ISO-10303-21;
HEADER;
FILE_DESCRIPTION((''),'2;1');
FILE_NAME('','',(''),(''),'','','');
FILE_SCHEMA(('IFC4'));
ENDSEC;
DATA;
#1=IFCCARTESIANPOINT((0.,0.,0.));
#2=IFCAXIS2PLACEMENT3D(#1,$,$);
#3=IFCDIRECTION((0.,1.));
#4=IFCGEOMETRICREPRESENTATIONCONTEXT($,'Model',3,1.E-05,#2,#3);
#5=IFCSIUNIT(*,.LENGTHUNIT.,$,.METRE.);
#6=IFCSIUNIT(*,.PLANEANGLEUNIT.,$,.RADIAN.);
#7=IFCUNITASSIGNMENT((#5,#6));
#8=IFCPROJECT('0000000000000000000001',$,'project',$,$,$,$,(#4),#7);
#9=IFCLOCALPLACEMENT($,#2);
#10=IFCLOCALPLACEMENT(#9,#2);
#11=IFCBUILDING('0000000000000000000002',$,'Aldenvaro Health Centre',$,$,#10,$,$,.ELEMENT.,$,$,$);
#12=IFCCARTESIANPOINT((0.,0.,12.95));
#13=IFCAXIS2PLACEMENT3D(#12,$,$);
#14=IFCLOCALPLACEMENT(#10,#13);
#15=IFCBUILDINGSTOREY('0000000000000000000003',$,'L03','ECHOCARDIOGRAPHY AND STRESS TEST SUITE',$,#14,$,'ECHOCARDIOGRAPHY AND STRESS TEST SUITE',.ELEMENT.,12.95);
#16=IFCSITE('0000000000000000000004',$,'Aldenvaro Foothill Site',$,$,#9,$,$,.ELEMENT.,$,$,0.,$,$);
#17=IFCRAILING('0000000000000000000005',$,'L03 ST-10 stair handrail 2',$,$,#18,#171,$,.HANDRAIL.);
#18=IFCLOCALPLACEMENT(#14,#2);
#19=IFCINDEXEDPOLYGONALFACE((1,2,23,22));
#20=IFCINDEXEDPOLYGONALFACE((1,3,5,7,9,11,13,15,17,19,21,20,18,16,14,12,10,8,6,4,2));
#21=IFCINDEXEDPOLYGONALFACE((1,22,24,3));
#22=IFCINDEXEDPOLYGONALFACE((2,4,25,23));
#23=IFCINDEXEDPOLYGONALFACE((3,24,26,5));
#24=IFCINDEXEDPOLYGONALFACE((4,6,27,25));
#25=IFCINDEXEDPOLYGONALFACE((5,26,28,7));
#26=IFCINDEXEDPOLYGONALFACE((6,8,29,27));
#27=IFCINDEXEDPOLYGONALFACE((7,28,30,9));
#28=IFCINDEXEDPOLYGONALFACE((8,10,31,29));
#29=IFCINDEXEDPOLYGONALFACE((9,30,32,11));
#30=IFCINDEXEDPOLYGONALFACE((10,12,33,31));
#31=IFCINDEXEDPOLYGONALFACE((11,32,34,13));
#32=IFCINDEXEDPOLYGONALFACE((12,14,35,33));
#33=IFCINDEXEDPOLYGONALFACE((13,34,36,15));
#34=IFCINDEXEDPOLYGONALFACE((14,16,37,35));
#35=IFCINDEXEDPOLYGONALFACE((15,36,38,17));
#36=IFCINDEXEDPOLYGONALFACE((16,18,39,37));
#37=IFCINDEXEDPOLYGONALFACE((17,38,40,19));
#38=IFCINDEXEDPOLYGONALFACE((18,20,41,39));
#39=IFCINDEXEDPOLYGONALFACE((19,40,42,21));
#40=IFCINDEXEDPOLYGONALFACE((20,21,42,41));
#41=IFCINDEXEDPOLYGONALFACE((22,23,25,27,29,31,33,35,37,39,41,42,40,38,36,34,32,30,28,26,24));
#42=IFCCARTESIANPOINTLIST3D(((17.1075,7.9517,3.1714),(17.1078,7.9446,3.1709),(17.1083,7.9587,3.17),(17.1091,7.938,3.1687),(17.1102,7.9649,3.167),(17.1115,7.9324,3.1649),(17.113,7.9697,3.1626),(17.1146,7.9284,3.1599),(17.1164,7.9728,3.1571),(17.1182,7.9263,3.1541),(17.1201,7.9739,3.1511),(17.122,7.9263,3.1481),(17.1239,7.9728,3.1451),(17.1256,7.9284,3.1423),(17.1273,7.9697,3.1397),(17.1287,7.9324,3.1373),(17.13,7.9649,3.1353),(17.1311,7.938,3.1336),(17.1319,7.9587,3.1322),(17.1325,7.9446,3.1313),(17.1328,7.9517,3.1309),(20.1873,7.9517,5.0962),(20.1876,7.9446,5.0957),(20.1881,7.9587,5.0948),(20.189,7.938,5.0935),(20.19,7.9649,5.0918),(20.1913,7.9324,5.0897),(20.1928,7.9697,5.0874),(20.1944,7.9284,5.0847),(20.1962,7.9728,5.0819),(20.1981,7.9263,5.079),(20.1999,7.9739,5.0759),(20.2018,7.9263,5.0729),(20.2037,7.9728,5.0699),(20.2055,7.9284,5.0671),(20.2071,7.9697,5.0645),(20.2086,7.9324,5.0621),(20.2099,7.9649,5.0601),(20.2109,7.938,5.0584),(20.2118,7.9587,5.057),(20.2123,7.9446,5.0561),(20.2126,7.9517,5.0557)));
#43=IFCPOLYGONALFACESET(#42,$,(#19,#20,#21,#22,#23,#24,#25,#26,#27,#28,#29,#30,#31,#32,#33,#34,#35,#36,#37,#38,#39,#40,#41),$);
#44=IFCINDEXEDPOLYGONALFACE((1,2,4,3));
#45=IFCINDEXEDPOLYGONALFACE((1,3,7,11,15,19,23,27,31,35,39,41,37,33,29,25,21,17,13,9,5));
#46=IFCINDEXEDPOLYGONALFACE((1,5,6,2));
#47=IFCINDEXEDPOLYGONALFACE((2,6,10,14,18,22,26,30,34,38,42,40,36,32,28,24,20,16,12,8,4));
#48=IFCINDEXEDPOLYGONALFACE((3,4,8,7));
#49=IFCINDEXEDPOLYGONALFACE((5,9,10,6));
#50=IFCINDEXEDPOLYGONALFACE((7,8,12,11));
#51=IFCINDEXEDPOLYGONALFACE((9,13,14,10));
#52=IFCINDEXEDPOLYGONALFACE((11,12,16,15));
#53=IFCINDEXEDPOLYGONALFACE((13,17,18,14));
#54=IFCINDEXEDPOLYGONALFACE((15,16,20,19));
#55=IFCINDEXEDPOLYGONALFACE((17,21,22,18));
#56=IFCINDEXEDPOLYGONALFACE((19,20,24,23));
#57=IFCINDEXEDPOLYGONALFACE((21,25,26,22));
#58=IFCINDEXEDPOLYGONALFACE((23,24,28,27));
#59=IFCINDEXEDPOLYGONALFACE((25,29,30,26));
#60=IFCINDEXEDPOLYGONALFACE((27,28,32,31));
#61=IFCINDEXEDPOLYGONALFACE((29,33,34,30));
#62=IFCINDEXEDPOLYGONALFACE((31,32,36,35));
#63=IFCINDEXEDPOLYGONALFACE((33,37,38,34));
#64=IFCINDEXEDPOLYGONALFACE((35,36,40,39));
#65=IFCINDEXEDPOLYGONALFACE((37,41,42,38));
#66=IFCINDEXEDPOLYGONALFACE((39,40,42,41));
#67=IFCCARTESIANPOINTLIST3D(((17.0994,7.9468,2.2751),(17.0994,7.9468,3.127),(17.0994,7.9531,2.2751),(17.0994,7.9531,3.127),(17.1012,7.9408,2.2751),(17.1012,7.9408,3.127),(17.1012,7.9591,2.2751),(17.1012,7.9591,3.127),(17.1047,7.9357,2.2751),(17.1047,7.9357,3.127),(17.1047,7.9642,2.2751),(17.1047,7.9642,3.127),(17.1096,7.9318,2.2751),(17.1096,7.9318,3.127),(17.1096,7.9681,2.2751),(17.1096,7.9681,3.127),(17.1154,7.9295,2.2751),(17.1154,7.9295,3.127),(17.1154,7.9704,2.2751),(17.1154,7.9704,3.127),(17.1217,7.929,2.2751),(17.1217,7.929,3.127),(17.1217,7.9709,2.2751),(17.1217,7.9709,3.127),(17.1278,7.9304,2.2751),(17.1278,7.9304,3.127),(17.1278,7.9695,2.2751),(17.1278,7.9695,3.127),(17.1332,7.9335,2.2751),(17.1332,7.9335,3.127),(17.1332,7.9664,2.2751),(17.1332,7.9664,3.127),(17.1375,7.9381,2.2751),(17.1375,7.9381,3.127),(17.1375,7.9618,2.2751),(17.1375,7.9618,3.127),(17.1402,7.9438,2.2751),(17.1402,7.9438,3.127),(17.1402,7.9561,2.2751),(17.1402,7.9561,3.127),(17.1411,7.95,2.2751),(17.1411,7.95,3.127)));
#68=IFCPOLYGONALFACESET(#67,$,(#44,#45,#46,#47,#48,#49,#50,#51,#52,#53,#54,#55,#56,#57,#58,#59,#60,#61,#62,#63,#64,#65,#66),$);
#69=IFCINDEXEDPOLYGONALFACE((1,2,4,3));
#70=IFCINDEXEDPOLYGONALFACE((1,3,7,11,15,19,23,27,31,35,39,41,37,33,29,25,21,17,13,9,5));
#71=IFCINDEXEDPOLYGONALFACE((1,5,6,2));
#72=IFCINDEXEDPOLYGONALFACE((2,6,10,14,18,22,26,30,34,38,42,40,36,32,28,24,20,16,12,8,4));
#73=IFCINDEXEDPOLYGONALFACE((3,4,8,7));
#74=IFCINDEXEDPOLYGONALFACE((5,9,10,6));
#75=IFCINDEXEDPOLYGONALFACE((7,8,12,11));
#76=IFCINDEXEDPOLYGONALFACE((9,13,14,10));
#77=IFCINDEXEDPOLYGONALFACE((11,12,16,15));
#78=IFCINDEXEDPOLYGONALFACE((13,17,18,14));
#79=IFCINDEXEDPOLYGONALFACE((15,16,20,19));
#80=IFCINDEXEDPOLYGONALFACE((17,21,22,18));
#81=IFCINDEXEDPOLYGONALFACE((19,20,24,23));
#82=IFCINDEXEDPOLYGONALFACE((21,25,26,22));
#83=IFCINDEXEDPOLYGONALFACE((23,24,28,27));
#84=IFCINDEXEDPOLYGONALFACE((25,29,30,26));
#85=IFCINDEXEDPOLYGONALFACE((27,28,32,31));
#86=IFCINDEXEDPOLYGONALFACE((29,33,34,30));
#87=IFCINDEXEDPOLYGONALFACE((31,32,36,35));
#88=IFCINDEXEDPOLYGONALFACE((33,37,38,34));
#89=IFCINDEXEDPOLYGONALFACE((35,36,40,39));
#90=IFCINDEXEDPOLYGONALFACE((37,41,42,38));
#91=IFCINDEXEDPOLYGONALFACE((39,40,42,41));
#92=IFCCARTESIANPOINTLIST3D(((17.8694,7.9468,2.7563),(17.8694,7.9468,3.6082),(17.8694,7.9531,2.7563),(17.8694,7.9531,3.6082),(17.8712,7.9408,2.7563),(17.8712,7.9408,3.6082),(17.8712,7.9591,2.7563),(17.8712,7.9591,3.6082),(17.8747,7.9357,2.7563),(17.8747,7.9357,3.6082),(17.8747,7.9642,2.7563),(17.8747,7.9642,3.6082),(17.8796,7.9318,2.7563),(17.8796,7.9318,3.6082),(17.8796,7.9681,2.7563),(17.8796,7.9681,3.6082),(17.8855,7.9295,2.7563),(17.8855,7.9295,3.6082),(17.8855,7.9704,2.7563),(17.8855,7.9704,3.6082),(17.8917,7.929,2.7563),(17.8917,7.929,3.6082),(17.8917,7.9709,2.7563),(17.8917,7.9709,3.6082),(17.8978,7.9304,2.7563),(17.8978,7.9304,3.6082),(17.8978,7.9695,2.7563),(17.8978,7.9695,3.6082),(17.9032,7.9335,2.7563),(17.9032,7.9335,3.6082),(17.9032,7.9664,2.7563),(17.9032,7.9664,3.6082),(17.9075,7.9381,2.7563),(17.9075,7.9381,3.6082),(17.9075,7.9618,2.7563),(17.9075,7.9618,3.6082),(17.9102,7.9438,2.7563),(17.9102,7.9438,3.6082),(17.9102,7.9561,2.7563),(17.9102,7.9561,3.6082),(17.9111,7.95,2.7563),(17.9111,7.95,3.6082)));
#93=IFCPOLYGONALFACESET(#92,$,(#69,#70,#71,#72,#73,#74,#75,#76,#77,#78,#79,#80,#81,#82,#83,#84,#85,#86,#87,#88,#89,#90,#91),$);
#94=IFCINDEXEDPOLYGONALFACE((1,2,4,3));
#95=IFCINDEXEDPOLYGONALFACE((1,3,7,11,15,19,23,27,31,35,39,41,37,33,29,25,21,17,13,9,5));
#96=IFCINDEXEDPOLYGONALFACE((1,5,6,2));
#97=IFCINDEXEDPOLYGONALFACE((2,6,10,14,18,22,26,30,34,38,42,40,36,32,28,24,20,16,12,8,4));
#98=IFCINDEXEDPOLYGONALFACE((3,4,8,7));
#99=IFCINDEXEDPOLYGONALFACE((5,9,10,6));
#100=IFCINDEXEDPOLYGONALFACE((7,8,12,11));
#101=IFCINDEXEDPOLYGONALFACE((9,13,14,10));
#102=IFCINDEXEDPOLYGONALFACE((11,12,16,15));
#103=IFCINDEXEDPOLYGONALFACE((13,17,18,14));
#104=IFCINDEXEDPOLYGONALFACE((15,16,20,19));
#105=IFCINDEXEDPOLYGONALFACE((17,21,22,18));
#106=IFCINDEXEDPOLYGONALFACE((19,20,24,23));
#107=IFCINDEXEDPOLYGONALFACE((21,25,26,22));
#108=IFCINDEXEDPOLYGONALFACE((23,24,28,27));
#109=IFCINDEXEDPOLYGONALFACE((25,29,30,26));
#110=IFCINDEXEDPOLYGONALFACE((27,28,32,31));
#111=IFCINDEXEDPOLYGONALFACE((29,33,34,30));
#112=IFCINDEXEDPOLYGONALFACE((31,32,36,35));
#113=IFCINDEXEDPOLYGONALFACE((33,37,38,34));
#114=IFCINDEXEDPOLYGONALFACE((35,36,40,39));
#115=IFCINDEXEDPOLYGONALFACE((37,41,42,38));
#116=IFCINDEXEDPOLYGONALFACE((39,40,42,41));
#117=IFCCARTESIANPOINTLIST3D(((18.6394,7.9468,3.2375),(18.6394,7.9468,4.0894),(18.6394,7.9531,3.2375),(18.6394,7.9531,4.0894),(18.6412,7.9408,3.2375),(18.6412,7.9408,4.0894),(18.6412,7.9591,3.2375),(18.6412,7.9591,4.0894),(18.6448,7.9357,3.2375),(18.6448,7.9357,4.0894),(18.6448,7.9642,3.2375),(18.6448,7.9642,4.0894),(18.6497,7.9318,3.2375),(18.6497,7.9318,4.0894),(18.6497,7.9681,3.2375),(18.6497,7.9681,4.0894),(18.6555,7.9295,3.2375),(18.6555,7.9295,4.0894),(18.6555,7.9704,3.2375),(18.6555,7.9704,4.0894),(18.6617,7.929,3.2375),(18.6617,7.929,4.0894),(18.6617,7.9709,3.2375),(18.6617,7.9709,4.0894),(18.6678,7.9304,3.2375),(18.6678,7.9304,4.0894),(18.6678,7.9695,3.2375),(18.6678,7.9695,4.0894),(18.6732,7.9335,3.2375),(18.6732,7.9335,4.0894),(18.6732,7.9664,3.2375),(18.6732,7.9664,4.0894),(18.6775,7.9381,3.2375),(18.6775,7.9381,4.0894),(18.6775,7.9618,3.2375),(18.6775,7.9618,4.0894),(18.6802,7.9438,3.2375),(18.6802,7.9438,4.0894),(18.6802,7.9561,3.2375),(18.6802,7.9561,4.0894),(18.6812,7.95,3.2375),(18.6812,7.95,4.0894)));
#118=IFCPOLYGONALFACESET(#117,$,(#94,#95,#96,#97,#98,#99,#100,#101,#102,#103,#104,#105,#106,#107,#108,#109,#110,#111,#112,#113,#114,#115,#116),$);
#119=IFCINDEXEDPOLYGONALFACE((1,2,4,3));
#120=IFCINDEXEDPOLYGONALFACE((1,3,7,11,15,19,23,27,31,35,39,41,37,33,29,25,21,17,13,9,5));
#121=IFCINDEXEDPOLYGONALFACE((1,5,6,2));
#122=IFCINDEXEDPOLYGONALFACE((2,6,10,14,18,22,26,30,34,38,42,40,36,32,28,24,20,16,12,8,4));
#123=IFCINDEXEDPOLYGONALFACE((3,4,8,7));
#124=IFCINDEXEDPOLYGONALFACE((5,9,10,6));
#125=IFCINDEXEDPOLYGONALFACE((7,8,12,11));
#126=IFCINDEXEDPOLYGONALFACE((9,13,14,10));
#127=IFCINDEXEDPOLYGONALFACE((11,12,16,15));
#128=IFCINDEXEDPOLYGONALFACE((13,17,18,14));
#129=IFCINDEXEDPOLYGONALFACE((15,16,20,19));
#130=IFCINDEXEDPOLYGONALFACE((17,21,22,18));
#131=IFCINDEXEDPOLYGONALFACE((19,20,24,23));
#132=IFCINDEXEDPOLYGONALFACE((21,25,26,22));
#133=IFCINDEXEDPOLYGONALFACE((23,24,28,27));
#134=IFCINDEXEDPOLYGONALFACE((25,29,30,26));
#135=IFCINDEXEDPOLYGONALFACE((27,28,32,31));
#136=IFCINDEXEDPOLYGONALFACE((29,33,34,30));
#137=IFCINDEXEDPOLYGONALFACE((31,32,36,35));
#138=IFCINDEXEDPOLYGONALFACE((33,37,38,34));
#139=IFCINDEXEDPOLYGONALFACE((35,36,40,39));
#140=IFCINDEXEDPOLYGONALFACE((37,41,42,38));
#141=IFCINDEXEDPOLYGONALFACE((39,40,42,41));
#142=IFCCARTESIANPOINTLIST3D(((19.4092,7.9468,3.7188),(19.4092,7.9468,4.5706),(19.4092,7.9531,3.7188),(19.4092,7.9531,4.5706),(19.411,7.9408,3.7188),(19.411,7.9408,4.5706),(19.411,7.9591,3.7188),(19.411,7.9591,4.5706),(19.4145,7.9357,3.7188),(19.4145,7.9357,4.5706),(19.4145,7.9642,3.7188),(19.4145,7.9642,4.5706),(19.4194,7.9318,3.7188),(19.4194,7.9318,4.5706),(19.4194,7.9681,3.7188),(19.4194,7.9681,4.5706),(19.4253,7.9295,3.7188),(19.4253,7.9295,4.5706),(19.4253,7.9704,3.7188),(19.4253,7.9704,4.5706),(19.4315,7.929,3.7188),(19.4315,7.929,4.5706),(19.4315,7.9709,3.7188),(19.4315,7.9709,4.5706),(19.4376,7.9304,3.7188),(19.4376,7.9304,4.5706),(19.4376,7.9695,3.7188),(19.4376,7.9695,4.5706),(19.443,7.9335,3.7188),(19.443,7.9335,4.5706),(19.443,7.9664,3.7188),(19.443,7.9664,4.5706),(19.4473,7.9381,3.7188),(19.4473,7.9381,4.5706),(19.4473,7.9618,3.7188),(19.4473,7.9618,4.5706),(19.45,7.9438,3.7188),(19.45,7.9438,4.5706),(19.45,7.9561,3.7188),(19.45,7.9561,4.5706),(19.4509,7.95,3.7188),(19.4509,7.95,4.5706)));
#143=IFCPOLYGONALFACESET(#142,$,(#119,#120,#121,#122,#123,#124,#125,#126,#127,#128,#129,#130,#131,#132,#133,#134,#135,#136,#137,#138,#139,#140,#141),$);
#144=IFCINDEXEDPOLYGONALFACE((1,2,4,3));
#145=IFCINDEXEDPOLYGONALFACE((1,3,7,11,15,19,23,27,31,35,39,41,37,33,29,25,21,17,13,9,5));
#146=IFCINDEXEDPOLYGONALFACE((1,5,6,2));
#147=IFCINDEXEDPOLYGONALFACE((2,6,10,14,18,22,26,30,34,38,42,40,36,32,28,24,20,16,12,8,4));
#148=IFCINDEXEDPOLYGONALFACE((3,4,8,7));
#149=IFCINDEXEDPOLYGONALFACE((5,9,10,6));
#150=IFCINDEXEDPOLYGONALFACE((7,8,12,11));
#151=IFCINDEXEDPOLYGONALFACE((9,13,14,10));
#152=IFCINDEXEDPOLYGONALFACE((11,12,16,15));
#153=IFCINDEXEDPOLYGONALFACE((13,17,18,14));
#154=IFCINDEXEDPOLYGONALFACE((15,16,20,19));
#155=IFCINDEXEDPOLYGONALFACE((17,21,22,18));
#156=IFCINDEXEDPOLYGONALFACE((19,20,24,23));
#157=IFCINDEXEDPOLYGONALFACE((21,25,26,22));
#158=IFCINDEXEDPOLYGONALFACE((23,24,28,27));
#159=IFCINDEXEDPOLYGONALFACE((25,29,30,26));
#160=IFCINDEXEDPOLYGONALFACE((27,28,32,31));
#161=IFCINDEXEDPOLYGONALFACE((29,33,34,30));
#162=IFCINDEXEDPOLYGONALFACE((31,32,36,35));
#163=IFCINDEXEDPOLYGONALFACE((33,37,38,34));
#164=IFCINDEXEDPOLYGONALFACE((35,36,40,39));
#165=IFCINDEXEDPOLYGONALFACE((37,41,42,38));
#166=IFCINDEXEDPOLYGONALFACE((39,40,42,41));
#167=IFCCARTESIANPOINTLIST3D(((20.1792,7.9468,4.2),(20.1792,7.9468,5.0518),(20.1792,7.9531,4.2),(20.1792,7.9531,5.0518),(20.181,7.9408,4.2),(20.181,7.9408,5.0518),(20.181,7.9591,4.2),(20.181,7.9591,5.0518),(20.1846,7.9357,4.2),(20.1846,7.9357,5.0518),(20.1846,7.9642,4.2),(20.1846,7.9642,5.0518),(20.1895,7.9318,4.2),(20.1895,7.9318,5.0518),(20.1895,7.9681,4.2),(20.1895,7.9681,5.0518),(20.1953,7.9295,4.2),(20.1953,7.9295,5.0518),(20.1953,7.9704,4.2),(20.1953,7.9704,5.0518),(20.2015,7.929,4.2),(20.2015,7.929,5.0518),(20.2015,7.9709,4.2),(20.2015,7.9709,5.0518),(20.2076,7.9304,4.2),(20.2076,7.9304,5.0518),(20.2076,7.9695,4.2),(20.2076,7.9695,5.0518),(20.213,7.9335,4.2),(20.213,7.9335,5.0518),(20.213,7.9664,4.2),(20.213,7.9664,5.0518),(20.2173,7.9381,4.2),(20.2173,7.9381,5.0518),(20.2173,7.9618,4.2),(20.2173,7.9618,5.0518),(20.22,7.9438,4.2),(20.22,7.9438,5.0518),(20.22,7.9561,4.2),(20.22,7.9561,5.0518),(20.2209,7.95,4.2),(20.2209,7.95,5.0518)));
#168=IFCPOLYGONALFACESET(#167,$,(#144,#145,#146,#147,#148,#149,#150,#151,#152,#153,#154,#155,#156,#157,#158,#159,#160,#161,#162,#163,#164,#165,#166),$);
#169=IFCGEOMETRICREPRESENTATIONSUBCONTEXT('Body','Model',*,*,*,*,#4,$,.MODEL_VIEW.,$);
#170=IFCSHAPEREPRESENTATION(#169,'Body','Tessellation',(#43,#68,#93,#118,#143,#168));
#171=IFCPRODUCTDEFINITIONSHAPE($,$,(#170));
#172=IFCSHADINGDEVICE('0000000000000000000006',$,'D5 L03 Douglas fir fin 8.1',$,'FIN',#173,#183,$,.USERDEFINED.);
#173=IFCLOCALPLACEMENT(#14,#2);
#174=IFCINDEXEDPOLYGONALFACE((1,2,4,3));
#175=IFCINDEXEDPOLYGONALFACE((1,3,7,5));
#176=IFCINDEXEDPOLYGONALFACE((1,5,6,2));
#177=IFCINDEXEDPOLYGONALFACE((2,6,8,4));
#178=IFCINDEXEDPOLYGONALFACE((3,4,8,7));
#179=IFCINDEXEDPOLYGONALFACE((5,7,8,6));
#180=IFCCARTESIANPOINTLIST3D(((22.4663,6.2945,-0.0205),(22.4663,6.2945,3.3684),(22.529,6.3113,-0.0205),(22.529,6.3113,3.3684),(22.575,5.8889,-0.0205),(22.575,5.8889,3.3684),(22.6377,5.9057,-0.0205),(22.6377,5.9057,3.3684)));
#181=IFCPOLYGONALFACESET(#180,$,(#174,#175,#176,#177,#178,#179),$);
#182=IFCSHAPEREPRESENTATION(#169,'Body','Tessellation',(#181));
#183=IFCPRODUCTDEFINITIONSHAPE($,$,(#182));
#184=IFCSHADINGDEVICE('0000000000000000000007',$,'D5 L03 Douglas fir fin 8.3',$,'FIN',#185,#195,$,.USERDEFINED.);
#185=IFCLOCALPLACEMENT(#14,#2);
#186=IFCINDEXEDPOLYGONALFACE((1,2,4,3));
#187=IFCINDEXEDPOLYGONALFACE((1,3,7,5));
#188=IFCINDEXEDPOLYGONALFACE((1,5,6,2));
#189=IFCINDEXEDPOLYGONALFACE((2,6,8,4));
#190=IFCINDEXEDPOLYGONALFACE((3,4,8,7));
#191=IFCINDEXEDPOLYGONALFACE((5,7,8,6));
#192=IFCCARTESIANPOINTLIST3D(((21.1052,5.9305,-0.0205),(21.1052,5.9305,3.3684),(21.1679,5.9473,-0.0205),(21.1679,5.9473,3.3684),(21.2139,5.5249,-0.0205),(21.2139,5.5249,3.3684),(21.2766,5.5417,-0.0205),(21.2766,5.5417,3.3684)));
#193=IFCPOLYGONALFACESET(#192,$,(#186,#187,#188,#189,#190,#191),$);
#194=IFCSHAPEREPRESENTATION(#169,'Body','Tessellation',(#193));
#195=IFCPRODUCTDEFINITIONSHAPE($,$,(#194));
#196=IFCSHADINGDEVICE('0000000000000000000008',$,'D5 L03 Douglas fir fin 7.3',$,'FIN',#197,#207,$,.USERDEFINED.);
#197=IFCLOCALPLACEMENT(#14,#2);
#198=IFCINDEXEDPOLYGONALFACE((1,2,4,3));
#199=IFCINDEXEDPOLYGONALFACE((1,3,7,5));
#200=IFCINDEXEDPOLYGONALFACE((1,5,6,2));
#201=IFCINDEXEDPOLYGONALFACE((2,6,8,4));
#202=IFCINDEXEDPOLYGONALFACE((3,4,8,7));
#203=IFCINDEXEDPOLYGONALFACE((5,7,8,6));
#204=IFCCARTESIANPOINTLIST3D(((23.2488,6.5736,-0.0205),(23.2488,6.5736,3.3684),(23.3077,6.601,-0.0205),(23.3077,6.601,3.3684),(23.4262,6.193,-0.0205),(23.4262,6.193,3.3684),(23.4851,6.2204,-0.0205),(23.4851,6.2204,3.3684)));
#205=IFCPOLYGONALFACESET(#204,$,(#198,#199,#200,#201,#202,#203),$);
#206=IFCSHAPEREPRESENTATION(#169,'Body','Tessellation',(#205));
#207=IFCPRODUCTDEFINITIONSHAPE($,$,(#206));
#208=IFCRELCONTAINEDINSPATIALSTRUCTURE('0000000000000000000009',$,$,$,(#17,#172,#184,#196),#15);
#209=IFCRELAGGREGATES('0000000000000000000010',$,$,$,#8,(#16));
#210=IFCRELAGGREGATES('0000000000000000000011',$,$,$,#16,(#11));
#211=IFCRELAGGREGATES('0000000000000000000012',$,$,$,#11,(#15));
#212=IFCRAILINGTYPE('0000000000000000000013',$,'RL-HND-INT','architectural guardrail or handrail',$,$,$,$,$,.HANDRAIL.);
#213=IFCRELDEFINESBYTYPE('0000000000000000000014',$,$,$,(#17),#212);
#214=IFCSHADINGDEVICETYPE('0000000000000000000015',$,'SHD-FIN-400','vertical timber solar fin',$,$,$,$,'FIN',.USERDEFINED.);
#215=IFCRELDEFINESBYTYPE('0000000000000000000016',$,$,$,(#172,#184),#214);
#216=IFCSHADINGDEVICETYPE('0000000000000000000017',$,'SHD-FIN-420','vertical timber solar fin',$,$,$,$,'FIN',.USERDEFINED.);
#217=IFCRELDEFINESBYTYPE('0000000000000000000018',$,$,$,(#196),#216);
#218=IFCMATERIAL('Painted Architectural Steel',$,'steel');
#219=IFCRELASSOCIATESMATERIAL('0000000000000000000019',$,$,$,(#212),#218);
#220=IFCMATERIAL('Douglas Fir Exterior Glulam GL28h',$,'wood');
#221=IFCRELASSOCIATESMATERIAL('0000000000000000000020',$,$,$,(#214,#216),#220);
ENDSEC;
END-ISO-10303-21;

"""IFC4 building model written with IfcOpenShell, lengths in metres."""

from ifc_helpers import new_model, si_unit, direction, frame, origin, origin_2d, place, context, subcontext, project, spatial, rectangle, circle, extrude, material, type_object, element, save


model = new_model("IFC4")

# Units and contexts
model_context = context("Model", 3, precision=1e-05, world=origin(), true_north=direction((0.0, 1.0)))
body_context = subcontext(model_context, "Body", "Model", "MODEL_VIEW")
ifc_project = project(units=[si_unit("LENGTHUNIT", "METRE"), si_unit("PLANEANGLEUNIT", "RADIAN")], contexts=[model_context])

# Site, building, storey
site_placement = place(None, origin())
site = spatial("IfcSite", under=ifc_project, at=site_placement, Name="Aldenvaro Foothill Site", CompositionType="ELEMENT", RefElevation=0.0)
building_placement = place(site_placement, origin())
building = spatial("IfcBuilding", under=site, at=building_placement, Name="Aldenvaro Health Centre", CompositionType="ELEMENT")
storey_placement = place(building_placement, frame((0.0, 0.0, 12.95)))
storey = spatial("IfcBuildingStorey", under=building, at=storey_placement, Name="L03", Description="ECHOCARDIOGRAPHY AND STRESS TEST SUITE", LongName="ECHOCARDIOGRAPHY AND STRESS TEST SUITE", CompositionType="ELEMENT", Elevation=12.95)

# Railing
ifc_material_1 = material(Name="Painted Architectural Steel", Category="steel")
railing_type_1 = type_object("IfcRailingType", Name="RL-HND-INT", Description="architectural guardrail or handrail", PredefinedType="HANDRAIL", material=ifc_material_1)
railing_1_placement = place(storey_placement, frame((17.1201, 7.95, 2.2751)))
element("IfcRailing", 1, at=railing_1_placement, inside=storey, type_object=railing_type_1, Name="L03 ST-10 stair handrail 2", PredefinedType="HANDRAIL", context=body_context, shape_type="SweptSolid", body=[
    extrude(circle(Radius=0.0239, at=origin_2d()), frame((0.0, 0.0, 0.876), z_axis=(0.84801, 0.0, 0.529981), x_axis=(0.0, 1.0, 0.0)), (0.0, 0.0, 1.0), 3.6318),
    extrude(circle(Radius=0.021, at=origin_2d()), origin(), (0.0, 0.0, 1.0), 0.8518),
    extrude(circle(Radius=0.021, at=origin_2d()), frame((0.77, 0.0, 0.4812)), (0.0, 0.0, 1.0), 0.8518),
    extrude(circle(Radius=0.021, at=origin_2d()), frame((1.54, 0.0, 0.9624)), (0.0, 0.0, 1.0), 0.8518),
    extrude(circle(Radius=0.021, at=origin_2d()), frame((2.3098, 0.0, 1.4436)), (0.0, 0.0, 1.0), 0.8518),
    extrude(circle(Radius=0.021, at=origin_2d()), frame((3.0798, 0.0, 1.9248)), (0.0, 0.0, 1.0), 0.8518),
])

# Shading devices
ifc_material_2 = material(Name="Douglas Fir Exterior Glulam GL28h", Category="wood")
shading_device_type_1 = type_object("IfcShadingDeviceType", Name="SHD-FIN-400", Description="vertical timber solar fin", ElementType="FIN", PredefinedType="USERDEFINED", material=ifc_material_2)
for number, where, z_axis, x_axis, name in (
    (2, (22.552, 6.1001, -0.0205), (0.0, 0.0, 1.0), (-0.965924, -0.258825, 0.0), "D5 L03 Douglas fir fin 8.1"),
    (3, (21.1909, 5.7361, -0.0205), (0.0, 0.0, 1.0), (-0.965924, -0.258825, 0.0), "D5 L03 Douglas fir fin 8.3"),
):
    element("IfcShadingDevice", number, at=place(storey_placement, frame(where, z_axis=z_axis, x_axis=x_axis)), inside=storey, type_object=shading_device_type_1, Name=name, ObjectType="FIN", PredefinedType="USERDEFINED", context=body_context, shape_type="SweptSolid", body=[
        extrude(rectangle(XDim=0.0649, YDim=0.4199, at=origin_2d()), origin(), (0.0, 0.0, 1.0), 3.3889),
    ])
shading_device_type_2 = type_object("IfcShadingDeviceType", Name="SHD-FIN-420", Description="vertical timber solar fin", ElementType="FIN", PredefinedType="USERDEFINED", material=ifc_material_2)
shading_device_1_placement = place(storey_placement, frame((23.3669, 6.397, -0.0205), z_axis=(0.0, 0.0, 1.0), x_axis=(-0.906365, -0.422496, 0.0)))
element("IfcShadingDevice", 4, at=shading_device_1_placement, inside=storey, type_object=shading_device_type_2, Name="D5 L03 Douglas fir fin 7.3", ObjectType="FIN", PredefinedType="USERDEFINED", context=body_context, shape_type="SweptSolid", body=[
    extrude(rectangle(XDim=0.0649, YDim=0.4199, at=origin_2d()), origin(), (0.0, 0.0, 1.0), 3.3889),
])

save(model, "model.ifc")
